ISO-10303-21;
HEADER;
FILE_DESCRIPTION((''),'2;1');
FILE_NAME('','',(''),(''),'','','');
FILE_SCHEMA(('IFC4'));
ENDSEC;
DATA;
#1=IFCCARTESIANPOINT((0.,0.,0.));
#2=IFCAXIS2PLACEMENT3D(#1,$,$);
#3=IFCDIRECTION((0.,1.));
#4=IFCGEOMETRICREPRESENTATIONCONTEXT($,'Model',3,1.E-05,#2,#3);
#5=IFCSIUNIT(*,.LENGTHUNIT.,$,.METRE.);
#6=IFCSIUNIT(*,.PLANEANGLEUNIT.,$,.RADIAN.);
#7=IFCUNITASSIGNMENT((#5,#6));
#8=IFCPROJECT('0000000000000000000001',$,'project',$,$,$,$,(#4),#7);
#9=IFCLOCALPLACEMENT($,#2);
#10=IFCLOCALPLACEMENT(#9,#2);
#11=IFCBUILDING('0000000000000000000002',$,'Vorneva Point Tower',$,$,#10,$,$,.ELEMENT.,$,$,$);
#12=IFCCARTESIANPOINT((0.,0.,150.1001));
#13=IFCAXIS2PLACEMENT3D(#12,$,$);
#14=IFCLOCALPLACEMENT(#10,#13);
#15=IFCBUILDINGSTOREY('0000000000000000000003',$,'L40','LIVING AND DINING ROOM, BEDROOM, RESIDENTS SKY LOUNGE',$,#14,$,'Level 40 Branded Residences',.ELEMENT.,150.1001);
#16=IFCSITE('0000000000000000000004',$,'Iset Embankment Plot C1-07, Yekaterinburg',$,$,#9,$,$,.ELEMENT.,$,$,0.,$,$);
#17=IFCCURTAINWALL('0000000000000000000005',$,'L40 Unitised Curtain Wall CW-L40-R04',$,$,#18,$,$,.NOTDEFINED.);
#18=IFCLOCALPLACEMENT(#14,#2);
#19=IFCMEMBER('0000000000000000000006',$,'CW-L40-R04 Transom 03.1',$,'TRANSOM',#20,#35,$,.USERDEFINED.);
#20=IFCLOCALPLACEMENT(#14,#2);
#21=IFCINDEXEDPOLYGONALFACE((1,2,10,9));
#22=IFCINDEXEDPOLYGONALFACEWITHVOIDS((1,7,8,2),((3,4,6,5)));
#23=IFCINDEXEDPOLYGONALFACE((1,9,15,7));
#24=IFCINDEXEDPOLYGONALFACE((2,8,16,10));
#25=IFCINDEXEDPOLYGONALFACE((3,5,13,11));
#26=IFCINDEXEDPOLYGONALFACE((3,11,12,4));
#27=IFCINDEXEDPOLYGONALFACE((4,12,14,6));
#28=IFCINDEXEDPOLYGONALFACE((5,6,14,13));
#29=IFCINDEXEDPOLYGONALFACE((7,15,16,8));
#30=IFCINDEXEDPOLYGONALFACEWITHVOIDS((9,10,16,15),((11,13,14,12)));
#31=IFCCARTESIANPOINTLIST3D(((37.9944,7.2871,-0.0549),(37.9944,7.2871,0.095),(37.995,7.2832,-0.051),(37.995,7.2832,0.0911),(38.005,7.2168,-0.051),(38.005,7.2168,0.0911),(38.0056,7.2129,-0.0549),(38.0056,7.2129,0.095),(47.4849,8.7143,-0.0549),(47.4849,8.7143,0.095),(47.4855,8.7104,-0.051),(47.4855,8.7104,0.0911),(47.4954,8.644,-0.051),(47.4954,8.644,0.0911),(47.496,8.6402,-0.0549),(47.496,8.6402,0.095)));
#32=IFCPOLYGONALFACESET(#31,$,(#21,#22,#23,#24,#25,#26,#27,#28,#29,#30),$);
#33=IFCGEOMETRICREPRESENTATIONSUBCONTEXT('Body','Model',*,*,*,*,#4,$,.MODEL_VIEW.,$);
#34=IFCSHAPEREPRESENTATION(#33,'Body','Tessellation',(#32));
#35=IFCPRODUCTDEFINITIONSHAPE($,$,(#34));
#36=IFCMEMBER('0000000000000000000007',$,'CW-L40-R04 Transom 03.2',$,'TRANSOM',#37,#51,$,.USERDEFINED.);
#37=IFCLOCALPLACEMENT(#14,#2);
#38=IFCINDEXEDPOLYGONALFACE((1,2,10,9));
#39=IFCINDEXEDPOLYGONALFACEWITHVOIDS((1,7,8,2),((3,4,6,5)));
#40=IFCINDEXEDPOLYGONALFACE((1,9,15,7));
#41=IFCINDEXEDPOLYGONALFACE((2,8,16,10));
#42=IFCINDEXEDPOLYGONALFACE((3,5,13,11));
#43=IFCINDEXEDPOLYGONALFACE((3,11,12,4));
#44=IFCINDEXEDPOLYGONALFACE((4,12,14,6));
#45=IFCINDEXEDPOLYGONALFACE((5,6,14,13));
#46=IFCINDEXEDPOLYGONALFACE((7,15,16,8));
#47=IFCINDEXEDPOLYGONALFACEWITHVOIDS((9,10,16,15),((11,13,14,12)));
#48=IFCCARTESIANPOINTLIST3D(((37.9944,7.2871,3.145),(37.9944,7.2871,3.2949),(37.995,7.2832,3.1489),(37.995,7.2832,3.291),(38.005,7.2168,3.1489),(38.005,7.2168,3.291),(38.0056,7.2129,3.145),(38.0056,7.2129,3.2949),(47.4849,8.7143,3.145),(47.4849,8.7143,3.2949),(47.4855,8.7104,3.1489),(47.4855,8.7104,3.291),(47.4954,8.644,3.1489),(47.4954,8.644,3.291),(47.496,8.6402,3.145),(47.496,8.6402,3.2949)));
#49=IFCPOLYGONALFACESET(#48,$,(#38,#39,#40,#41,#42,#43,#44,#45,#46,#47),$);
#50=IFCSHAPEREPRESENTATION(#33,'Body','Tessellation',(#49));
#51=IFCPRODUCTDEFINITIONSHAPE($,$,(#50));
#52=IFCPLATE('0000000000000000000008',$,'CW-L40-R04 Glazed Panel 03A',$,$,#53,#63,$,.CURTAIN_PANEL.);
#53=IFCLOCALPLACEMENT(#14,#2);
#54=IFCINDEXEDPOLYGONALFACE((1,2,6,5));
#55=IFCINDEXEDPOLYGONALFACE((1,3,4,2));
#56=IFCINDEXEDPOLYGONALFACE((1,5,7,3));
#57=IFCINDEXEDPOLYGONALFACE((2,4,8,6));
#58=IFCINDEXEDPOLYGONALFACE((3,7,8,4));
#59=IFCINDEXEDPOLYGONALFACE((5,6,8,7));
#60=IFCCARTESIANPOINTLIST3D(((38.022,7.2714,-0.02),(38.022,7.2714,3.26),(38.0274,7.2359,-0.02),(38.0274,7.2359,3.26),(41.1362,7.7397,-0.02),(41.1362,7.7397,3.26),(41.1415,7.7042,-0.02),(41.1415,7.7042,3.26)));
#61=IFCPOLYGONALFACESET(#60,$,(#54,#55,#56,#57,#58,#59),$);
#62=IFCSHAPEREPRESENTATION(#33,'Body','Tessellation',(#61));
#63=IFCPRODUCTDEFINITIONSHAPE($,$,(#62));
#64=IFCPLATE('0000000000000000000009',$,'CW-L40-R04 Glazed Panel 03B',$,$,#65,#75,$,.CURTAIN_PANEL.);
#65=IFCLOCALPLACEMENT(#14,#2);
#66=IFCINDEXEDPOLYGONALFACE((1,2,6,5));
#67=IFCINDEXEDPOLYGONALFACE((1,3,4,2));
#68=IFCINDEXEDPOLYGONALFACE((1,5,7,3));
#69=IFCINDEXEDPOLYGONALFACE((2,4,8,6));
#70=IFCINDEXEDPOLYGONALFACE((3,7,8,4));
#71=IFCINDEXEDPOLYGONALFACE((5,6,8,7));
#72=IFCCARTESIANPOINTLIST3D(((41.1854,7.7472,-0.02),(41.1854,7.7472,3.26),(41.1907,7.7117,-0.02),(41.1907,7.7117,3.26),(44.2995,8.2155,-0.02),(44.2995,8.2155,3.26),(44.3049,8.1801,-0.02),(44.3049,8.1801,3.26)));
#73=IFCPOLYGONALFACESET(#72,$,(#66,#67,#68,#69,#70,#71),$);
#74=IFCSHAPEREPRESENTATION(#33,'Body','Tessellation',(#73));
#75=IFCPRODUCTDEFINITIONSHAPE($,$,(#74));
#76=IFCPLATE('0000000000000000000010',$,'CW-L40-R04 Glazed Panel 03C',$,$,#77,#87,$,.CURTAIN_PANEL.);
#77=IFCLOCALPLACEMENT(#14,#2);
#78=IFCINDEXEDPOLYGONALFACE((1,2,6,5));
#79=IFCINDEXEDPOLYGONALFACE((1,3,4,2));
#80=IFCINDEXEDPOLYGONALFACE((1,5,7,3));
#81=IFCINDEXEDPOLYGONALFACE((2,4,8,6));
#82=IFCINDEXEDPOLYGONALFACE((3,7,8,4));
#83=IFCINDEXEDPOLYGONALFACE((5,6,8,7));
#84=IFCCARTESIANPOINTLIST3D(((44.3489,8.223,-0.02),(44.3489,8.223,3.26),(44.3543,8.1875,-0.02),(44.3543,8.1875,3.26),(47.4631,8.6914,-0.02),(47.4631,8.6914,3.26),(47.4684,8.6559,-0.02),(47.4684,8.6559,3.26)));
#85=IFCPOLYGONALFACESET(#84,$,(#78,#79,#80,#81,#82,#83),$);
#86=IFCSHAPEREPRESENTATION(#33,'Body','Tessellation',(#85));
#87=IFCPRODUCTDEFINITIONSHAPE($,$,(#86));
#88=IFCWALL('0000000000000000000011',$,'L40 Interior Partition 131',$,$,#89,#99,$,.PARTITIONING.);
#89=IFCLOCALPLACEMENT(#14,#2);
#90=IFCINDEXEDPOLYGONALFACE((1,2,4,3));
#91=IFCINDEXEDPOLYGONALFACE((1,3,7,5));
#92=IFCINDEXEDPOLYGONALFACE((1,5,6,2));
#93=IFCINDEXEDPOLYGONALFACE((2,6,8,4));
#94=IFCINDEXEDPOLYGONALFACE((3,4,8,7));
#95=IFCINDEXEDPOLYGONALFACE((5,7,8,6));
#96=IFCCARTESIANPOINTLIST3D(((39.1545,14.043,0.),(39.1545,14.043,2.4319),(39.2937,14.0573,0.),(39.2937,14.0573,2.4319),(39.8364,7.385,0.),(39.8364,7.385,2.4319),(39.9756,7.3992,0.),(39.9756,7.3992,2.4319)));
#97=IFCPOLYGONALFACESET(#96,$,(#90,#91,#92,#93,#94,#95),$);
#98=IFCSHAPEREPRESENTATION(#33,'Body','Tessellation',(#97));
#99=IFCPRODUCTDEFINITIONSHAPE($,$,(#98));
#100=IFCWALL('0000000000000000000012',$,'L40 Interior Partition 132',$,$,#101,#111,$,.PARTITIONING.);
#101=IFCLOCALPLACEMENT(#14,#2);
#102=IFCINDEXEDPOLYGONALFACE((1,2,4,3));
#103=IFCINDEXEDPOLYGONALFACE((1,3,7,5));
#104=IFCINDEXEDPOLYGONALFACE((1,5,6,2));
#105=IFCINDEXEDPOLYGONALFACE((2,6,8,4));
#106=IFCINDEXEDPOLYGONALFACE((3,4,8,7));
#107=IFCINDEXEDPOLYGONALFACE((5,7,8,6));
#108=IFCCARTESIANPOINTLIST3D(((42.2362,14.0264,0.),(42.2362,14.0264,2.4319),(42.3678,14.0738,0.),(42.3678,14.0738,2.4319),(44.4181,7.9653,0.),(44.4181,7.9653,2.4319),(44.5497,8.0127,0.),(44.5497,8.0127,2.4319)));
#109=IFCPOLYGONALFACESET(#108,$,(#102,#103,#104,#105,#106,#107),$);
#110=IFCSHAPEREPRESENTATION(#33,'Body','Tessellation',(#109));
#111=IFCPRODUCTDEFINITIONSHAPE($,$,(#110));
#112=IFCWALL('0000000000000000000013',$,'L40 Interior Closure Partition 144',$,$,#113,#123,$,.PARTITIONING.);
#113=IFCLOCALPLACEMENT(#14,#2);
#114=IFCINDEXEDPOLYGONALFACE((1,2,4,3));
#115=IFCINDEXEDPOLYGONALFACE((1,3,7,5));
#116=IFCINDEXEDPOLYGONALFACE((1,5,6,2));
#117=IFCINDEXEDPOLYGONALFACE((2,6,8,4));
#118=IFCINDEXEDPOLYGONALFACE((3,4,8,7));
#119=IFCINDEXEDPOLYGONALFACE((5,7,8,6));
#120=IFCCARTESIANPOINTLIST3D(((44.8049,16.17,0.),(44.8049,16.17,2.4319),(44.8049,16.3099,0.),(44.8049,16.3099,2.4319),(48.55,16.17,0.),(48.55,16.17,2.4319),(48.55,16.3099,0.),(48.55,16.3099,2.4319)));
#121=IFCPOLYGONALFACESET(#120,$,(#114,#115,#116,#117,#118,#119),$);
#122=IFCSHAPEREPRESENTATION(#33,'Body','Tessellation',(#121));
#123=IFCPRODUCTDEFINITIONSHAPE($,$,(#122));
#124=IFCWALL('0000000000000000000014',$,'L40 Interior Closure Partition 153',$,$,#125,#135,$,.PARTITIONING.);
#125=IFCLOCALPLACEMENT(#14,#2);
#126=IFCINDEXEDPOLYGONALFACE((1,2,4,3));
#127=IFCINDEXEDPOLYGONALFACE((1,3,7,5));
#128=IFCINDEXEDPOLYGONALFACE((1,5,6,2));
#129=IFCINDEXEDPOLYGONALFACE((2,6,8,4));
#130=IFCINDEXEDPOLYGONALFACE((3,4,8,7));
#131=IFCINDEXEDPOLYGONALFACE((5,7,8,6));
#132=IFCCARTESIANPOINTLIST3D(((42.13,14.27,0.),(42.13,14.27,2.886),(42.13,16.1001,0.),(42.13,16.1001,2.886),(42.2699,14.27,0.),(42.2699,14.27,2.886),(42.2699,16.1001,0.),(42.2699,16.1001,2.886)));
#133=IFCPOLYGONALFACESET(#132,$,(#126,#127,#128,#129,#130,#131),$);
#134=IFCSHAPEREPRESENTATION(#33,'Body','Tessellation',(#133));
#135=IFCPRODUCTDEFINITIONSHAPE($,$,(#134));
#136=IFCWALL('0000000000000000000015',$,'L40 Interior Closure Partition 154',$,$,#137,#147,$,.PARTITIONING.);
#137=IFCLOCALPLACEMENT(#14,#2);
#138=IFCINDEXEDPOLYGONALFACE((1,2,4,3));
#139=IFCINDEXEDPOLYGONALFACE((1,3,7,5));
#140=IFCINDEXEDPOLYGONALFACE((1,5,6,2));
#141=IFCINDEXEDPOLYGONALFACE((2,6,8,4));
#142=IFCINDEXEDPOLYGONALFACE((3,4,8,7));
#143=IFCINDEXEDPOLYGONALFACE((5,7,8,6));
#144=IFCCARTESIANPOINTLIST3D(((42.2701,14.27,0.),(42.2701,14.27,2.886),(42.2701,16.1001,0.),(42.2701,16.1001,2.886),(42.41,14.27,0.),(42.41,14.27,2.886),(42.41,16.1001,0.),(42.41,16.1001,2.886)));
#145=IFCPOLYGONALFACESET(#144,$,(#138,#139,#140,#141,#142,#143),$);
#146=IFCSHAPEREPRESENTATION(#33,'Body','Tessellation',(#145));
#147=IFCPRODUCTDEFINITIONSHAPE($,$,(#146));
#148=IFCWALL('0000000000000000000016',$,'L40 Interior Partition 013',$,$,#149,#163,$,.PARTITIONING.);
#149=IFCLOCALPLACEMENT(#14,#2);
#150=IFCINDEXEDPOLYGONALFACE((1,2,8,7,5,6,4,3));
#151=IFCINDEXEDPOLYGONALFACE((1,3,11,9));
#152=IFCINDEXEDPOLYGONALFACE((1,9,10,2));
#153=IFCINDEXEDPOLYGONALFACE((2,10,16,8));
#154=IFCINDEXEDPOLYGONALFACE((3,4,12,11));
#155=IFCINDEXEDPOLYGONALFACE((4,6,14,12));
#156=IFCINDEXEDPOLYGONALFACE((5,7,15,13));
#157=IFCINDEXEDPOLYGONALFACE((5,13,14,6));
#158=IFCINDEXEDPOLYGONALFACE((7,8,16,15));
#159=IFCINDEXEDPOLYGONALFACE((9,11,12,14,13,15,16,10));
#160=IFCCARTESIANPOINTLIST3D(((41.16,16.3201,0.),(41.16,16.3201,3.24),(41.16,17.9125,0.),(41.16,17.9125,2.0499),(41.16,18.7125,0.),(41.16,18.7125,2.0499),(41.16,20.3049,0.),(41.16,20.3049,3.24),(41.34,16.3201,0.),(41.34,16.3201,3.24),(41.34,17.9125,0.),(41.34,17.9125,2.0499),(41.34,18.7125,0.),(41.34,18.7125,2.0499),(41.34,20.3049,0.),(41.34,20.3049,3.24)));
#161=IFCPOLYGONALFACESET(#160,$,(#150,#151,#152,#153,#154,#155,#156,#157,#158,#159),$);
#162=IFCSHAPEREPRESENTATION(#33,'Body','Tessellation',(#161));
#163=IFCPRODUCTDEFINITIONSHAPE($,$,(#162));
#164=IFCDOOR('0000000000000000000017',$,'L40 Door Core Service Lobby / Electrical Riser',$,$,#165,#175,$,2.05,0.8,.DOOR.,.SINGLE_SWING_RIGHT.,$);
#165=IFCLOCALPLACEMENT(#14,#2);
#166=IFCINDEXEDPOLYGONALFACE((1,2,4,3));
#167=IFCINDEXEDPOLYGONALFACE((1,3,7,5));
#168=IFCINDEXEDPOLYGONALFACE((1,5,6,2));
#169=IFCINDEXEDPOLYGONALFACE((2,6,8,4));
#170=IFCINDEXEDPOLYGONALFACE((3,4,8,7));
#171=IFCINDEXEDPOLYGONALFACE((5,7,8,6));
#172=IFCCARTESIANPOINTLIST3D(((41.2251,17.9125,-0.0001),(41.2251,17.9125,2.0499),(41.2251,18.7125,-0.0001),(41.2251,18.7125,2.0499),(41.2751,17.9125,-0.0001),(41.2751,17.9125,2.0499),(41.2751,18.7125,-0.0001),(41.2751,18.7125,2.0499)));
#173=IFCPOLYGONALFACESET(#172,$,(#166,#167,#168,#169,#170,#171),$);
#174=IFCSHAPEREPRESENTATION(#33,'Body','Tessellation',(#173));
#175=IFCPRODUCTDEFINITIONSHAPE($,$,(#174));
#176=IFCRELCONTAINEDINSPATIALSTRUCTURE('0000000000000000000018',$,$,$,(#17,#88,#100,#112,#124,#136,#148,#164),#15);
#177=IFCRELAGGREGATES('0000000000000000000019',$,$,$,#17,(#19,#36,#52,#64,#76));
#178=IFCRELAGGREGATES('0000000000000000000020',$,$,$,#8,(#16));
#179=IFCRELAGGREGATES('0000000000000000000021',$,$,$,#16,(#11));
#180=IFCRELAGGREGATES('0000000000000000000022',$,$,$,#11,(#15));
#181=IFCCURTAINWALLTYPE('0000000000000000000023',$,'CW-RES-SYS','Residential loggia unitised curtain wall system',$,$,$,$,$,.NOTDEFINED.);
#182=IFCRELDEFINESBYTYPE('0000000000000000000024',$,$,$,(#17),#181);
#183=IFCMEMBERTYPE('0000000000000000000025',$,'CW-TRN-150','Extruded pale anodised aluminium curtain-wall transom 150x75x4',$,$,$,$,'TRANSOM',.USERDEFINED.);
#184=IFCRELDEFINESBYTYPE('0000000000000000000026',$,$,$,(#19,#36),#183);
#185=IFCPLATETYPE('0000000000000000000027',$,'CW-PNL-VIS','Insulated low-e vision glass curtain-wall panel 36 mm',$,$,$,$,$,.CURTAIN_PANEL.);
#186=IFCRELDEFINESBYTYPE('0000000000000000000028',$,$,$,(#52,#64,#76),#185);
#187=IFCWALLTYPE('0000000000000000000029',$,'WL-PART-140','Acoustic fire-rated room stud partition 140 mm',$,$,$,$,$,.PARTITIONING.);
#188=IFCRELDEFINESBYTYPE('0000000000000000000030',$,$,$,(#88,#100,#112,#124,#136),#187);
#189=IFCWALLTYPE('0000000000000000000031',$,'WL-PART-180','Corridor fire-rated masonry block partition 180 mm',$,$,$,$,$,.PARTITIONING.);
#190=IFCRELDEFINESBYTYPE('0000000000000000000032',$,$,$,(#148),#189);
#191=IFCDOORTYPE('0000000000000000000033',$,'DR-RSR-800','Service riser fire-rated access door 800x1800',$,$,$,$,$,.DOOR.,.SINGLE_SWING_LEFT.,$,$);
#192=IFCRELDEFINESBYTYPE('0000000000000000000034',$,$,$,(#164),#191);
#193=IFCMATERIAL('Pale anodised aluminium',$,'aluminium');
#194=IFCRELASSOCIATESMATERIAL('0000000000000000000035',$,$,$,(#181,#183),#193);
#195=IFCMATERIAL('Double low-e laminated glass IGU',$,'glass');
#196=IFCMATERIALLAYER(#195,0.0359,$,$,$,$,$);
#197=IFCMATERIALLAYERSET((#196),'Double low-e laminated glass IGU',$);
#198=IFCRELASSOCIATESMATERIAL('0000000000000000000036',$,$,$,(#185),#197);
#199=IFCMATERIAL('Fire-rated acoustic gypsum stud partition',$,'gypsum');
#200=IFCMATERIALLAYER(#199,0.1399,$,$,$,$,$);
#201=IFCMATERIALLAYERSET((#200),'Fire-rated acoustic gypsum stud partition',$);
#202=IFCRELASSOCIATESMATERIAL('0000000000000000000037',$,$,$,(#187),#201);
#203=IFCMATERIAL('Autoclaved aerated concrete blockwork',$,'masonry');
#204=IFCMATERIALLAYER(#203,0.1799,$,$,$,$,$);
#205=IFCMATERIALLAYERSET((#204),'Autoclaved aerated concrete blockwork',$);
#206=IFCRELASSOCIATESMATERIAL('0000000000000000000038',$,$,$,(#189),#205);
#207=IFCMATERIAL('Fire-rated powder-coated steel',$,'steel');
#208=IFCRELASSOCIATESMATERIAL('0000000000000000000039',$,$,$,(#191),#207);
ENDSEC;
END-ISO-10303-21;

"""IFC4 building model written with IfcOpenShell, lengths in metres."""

from ifc_helpers import new_model, si_unit, direction, frame, frame_2d, origin, origin_2d, place, context, subcontext, project, spatial, rectangle, hollow_rectangle, extrude, material, layer, layer_set, material_profile, profile_set, type_object, element, fill, aggregate, save


model = new_model("IFC4")

# Units and contexts
model_context = context("Model", 3, precision=1e-05, world=origin(), true_north=direction((0.0, 1.0)))
body_context = subcontext(model_context, "Body", "Model", "MODEL_VIEW")
ifc_project = project(units=[si_unit("LENGTHUNIT", "METRE"), si_unit("PLANEANGLEUNIT", "RADIAN")], contexts=[model_context])

# Site, building, storey
site_placement = place(None, origin())
site = spatial("IfcSite", under=ifc_project, at=site_placement, Name="Iset Embankment Plot C1-07, Yekaterinburg", CompositionType="ELEMENT", RefElevation=0.0)
building_placement = place(site_placement, origin())
building = spatial("IfcBuilding", under=site, at=building_placement, Name="Vorneva Point Tower", CompositionType="ELEMENT")
storey_placement = place(building_placement, frame((0.0, 0.0, 150.1001)))
storey = spatial("IfcBuildingStorey", under=building, at=storey_placement, Name="L40", Description="LIVING AND DINING ROOM, BEDROOM, RESIDENTS SKY LOUNGE", LongName="Level 40 Branded Residences", CompositionType="ELEMENT", Elevation=150.1001)

# Curtain wall, members, plates
ifc_material_1 = material(Name="Pale anodised aluminium", Category="aluminium")
curtain_wall_type = type_object("IfcCurtainWallType", Name="CW-RES-SYS", Description="Residential loggia unitised curtain wall system", PredefinedType="NOTDEFINED", material=ifc_material_1)
curtain_wall_placement = place(storey_placement, origin())
curtain_wall = element("IfcCurtainWall", 1, at=curtain_wall_placement, inside=storey, type_object=curtain_wall_type, Name="L40 Unitised Curtain Wall CW-L40-R04", PredefinedType="NOTDEFINED")
ifc_material_profile_1 = material_profile(ifc_material_1, hollow_rectangle(XDim=0.075, YDim=0.1499, WallThickness=0.0039, at=origin_2d()), Name="AL-TRN 150x75x4")
ifc_profile_set_1 = profile_set([ifc_material_profile_1], Name="Pale anodised aluminium")
member_type_1 = type_object("IfcMemberType", Name="CW-TRN-150", Description="Extruded pale anodised aluminium curtain-wall transom 150x75x4", ElementType="TRANSOM", PredefinedType="USERDEFINED", material=ifc_profile_set_1)
member_1_placement = place(storey_placement, frame((38.0, 7.25, 0.02), z_axis=(0.98888, 0.148715, 0.0), x_axis=(-0.148715, 0.98888, 0.0)))
member_1 = element("IfcMember", 2, at=member_1_placement, type_object=member_type_1, Name="CW-L40-R04 Transom 03.1", ObjectType="TRANSOM", PredefinedType="USERDEFINED", context=body_context, shape_type="SweptSolid", body=[
    extrude(hollow_rectangle(XDim=0.075, YDim=0.1499, WallThickness=0.0039, at=origin_2d()), origin(), (0.0, 0.0, 1.0), 9.5972),
])
member_2_placement = place(storey_placement, frame((38.0, 7.25, 3.22), z_axis=(0.98888, 0.148715, 0.0), x_axis=(-0.148715, 0.98888, 0.0)))
member_2 = element("IfcMember", 3, at=member_2_placement, type_object=member_type_1, Name="CW-L40-R04 Transom 03.2", ObjectType="TRANSOM", PredefinedType="USERDEFINED", context=body_context, shape_type="SweptSolid", body=[
    extrude(hollow_rectangle(XDim=0.075, YDim=0.1499, WallThickness=0.0039, at=origin_2d()), origin(), (0.0, 0.0, 1.0), 9.5972),
])
ifc_material_2 = material(Name="Double low-e laminated glass IGU", Category="glass")
ifc_layer_1 = layer(ifc_material_2, 0.0359)
ifc_layer_set_1 = layer_set([ifc_layer_1], Name="Double low-e laminated glass IGU")
plate_type = type_object("IfcPlateType", Name="CW-PNL-VIS", Description="Insulated low-e vision glass curtain-wall panel 36 mm", PredefinedType="CURTAIN_PANEL", material=ifc_layer_set_1)
plate_1_placement = place(storey_placement, frame((39.5818, 7.4878, -0.02), z_axis=(0.0, 0.0, 1.0), x_axis=(0.988879, 0.148724, 0.0)))
plate_1 = element("IfcPlate", 4, at=plate_1_placement, type_object=plate_type, Name="CW-L40-R04 Glazed Panel 03A", PredefinedType="CURTAIN_PANEL", context=body_context, shape_type="SweptSolid", body=[
    extrude(rectangle(XDim=3.1492, YDim=0.0359, at=origin_2d()), origin(), (0.0, 0.0, 1.0), 3.28),
])
plate_2_placement = place(storey_placement, frame((42.7451, 7.9636, -0.02), z_axis=(0.0, 0.0, 1.0), x_axis=(0.988879, 0.148724, 0.0)))
plate_2 = element("IfcPlate", 5, at=plate_2_placement, type_object=plate_type, Name="CW-L40-R04 Glazed Panel 03B", PredefinedType="CURTAIN_PANEL", context=body_context, shape_type="SweptSolid", body=[
    extrude(rectangle(XDim=3.1492, YDim=0.0359, at=origin_2d()), origin(), (0.0, 0.0, 1.0), 3.28),
])
plate_3_placement = place(storey_placement, frame((45.9087, 8.4395, -0.02), z_axis=(0.0, 0.0, 1.0), x_axis=(0.988879, 0.148724, 0.0)))
plate_3 = element("IfcPlate", 6, at=plate_3_placement, type_object=plate_type, Name="CW-L40-R04 Glazed Panel 03C", PredefinedType="CURTAIN_PANEL", context=body_context, shape_type="SweptSolid", body=[
    extrude(rectangle(XDim=3.1492, YDim=0.0359, at=origin_2d()), origin(), (0.0, 0.0, 1.0), 3.28),
])
aggregate(curtain_wall, [member_1, member_2, plate_1, plate_2, plate_3])

# Walls
ifc_material_3 = material(Name="Fire-rated acoustic gypsum stud partition", Category="gypsum")
ifc_layer_2 = layer(ifc_material_3, 0.1399)
ifc_layer_set_2 = layer_set([ifc_layer_2], Name="Fire-rated acoustic gypsum stud partition")
wall_type_1 = type_object("IfcWallType", Name="WL-PART-140", Description="Acoustic fire-rated room stud partition 140 mm", PredefinedType="PARTITIONING", material=ifc_layer_set_2)
wall_1_placement = place(storey_placement, frame((39.906, 7.3921, 0.0), z_axis=(0.0, 0.0, 1.0), x_axis=(-0.101884, 0.994796, 0.0)))
element("IfcWall", 7, at=wall_1_placement, inside=storey, type_object=wall_type_1, Name="L40 Interior Partition 131", PredefinedType="PARTITIONING", context=body_context, shape_type="SweptSolid", body=[
    extrude(rectangle(XDim=6.6929, YDim=0.1399, at=frame_2d((3.3464, 0.0))), origin(), (0.0, 0.0, 1.0), 2.4319),
])
wall_2_placement = place(storey_placement, frame((44.4839, 7.989, 0.0), z_axis=(0.0, 0.0, 1.0), x_axis=(-0.338707, 0.940892, 0.0)))
element("IfcWall", 8, at=wall_2_placement, inside=storey, type_object=wall_type_1, Name="L40 Interior Partition 132", PredefinedType="PARTITIONING", context=body_context, shape_type="SweptSolid", body=[
    extrude(rectangle(XDim=6.4419, YDim=0.1399, at=frame_2d((3.2209, 0.0))), origin(), (0.0, 0.0, 1.0), 2.4319),
])
wall_3_placement = place(storey_placement, frame((44.8049, 16.24, 0.0), z_axis=(0.0, 0.0, 1.0), x_axis=(1.0, 0.0, 0.0)))
element("IfcWall", 9, at=wall_3_placement, inside=storey, type_object=wall_type_1, Name="L40 Interior Closure Partition 144", PredefinedType="PARTITIONING", context=body_context, shape_type="SweptSolid", body=[
    extrude(rectangle(XDim=3.7451, YDim=0.1399, at=frame_2d((1.8726, 0.0))), origin(), (0.0, 0.0, 1.0), 2.4319),
])
for number, where, z_axis, x_axis, name in (
    (10, (42.2, 16.1001, 0.0), (0.0, 0.0, 1.0), (0.0, -1.0, 0.0), "L40 Interior Closure Partition 153"),
    (11, (42.3401, 14.27, 0.0), (0.0, 0.0, 1.0), (0.0, 1.0, 0.0), "L40 Interior Closure Partition 154"),
):
    element("IfcWall", number, at=place(storey_placement, frame(where, z_axis=z_axis, x_axis=x_axis)), inside=storey, type_object=wall_type_1, Name=name, PredefinedType="PARTITIONING", context=body_context, shape_type="SweptSolid", body=[
        extrude(rectangle(XDim=1.8301, YDim=0.1399, at=frame_2d((0.915, 0.0))), origin(), (0.0, 0.0, 1.0), 2.886),
    ])

# Wall, opening, door
ifc_material_4 = material(Name="Autoclaved aerated concrete blockwork", Category="masonry")
ifc_layer_3 = layer(ifc_material_4, 0.1799)
ifc_layer_set_3 = layer_set([ifc_layer_3], Name="Autoclaved aerated concrete blockwork")
wall_type_2 = type_object("IfcWallType", Name="WL-PART-180", Description="Corridor fire-rated masonry block partition 180 mm", PredefinedType="PARTITIONING", material=ifc_layer_set_3)
wall_4_placement = place(storey_placement, frame((41.25, 16.3201, 0.0), z_axis=(0.0, 0.0, 1.0), x_axis=(0.0, 1.0, 0.0)))
wall_4 = element("IfcWall", 12, at=wall_4_placement, inside=storey, type_object=wall_type_2, Name="L40 Interior Partition 013", PredefinedType="PARTITIONING", context=body_context, shape_type="SweptSolid", body=[
    extrude(rectangle(XDim=3.9849, YDim=0.1799, at=frame_2d((1.9924, 0.0))), origin(), (0.0, 0.0, 1.0), 3.24),
])
opening_1_placement = place(wall_4_placement, frame((1.5925, 0.0, 0.0)))
opening_1 = element("IfcOpeningElement", 13, at=opening_1_placement, cuts=wall_4, PredefinedType="OPENING", context=body_context, shape_type="SweptSolid", body=[
    extrude(rectangle(XDim=0.8, YDim=2.05, at=frame_2d((0.3999, 1.0249))), frame((0.0, 0.105, 0.0), z_axis=(0.0, -1.0, 0.0), x_axis=(1.0, 0.0, 0.0)), (0.0, 0.0, 1.0), 0.2097),
])
ifc_material_5 = material(Name="Fire-rated powder-coated steel", Category="steel")
door_type_1 = type_object("IfcDoorType", Name="DR-RSR-800", Description="Service riser fire-rated access door 800x1800", OperationType="SINGLE_SWING_LEFT", PredefinedType="DOOR", material=ifc_material_5)
door_1_placement = place(opening_1_placement, origin())
door_1 = element("IfcDoor", 14, at=door_1_placement, inside=storey, type_object=door_type_1, Name="L40 Door Core Service Lobby / Electrical Riser", OperationType="SINGLE_SWING_RIGHT", OverallHeight=2.05, OverallWidth=0.8, PredefinedType="DOOR", context=body_context, shape_type="SweptSolid", body=[
    extrude(rectangle(XDim=0.8, YDim=2.05, at=frame_2d((0.3999, 1.0249))), frame((0.0, 0.0249, 0.0), z_axis=(0.0, -1.0, 0.0), x_axis=(1.0, 0.0, 0.0)), (0.0, 0.0, 1.0), 0.05),
])
fill(opening_1, door_1)

save(model, "model.ifc")
